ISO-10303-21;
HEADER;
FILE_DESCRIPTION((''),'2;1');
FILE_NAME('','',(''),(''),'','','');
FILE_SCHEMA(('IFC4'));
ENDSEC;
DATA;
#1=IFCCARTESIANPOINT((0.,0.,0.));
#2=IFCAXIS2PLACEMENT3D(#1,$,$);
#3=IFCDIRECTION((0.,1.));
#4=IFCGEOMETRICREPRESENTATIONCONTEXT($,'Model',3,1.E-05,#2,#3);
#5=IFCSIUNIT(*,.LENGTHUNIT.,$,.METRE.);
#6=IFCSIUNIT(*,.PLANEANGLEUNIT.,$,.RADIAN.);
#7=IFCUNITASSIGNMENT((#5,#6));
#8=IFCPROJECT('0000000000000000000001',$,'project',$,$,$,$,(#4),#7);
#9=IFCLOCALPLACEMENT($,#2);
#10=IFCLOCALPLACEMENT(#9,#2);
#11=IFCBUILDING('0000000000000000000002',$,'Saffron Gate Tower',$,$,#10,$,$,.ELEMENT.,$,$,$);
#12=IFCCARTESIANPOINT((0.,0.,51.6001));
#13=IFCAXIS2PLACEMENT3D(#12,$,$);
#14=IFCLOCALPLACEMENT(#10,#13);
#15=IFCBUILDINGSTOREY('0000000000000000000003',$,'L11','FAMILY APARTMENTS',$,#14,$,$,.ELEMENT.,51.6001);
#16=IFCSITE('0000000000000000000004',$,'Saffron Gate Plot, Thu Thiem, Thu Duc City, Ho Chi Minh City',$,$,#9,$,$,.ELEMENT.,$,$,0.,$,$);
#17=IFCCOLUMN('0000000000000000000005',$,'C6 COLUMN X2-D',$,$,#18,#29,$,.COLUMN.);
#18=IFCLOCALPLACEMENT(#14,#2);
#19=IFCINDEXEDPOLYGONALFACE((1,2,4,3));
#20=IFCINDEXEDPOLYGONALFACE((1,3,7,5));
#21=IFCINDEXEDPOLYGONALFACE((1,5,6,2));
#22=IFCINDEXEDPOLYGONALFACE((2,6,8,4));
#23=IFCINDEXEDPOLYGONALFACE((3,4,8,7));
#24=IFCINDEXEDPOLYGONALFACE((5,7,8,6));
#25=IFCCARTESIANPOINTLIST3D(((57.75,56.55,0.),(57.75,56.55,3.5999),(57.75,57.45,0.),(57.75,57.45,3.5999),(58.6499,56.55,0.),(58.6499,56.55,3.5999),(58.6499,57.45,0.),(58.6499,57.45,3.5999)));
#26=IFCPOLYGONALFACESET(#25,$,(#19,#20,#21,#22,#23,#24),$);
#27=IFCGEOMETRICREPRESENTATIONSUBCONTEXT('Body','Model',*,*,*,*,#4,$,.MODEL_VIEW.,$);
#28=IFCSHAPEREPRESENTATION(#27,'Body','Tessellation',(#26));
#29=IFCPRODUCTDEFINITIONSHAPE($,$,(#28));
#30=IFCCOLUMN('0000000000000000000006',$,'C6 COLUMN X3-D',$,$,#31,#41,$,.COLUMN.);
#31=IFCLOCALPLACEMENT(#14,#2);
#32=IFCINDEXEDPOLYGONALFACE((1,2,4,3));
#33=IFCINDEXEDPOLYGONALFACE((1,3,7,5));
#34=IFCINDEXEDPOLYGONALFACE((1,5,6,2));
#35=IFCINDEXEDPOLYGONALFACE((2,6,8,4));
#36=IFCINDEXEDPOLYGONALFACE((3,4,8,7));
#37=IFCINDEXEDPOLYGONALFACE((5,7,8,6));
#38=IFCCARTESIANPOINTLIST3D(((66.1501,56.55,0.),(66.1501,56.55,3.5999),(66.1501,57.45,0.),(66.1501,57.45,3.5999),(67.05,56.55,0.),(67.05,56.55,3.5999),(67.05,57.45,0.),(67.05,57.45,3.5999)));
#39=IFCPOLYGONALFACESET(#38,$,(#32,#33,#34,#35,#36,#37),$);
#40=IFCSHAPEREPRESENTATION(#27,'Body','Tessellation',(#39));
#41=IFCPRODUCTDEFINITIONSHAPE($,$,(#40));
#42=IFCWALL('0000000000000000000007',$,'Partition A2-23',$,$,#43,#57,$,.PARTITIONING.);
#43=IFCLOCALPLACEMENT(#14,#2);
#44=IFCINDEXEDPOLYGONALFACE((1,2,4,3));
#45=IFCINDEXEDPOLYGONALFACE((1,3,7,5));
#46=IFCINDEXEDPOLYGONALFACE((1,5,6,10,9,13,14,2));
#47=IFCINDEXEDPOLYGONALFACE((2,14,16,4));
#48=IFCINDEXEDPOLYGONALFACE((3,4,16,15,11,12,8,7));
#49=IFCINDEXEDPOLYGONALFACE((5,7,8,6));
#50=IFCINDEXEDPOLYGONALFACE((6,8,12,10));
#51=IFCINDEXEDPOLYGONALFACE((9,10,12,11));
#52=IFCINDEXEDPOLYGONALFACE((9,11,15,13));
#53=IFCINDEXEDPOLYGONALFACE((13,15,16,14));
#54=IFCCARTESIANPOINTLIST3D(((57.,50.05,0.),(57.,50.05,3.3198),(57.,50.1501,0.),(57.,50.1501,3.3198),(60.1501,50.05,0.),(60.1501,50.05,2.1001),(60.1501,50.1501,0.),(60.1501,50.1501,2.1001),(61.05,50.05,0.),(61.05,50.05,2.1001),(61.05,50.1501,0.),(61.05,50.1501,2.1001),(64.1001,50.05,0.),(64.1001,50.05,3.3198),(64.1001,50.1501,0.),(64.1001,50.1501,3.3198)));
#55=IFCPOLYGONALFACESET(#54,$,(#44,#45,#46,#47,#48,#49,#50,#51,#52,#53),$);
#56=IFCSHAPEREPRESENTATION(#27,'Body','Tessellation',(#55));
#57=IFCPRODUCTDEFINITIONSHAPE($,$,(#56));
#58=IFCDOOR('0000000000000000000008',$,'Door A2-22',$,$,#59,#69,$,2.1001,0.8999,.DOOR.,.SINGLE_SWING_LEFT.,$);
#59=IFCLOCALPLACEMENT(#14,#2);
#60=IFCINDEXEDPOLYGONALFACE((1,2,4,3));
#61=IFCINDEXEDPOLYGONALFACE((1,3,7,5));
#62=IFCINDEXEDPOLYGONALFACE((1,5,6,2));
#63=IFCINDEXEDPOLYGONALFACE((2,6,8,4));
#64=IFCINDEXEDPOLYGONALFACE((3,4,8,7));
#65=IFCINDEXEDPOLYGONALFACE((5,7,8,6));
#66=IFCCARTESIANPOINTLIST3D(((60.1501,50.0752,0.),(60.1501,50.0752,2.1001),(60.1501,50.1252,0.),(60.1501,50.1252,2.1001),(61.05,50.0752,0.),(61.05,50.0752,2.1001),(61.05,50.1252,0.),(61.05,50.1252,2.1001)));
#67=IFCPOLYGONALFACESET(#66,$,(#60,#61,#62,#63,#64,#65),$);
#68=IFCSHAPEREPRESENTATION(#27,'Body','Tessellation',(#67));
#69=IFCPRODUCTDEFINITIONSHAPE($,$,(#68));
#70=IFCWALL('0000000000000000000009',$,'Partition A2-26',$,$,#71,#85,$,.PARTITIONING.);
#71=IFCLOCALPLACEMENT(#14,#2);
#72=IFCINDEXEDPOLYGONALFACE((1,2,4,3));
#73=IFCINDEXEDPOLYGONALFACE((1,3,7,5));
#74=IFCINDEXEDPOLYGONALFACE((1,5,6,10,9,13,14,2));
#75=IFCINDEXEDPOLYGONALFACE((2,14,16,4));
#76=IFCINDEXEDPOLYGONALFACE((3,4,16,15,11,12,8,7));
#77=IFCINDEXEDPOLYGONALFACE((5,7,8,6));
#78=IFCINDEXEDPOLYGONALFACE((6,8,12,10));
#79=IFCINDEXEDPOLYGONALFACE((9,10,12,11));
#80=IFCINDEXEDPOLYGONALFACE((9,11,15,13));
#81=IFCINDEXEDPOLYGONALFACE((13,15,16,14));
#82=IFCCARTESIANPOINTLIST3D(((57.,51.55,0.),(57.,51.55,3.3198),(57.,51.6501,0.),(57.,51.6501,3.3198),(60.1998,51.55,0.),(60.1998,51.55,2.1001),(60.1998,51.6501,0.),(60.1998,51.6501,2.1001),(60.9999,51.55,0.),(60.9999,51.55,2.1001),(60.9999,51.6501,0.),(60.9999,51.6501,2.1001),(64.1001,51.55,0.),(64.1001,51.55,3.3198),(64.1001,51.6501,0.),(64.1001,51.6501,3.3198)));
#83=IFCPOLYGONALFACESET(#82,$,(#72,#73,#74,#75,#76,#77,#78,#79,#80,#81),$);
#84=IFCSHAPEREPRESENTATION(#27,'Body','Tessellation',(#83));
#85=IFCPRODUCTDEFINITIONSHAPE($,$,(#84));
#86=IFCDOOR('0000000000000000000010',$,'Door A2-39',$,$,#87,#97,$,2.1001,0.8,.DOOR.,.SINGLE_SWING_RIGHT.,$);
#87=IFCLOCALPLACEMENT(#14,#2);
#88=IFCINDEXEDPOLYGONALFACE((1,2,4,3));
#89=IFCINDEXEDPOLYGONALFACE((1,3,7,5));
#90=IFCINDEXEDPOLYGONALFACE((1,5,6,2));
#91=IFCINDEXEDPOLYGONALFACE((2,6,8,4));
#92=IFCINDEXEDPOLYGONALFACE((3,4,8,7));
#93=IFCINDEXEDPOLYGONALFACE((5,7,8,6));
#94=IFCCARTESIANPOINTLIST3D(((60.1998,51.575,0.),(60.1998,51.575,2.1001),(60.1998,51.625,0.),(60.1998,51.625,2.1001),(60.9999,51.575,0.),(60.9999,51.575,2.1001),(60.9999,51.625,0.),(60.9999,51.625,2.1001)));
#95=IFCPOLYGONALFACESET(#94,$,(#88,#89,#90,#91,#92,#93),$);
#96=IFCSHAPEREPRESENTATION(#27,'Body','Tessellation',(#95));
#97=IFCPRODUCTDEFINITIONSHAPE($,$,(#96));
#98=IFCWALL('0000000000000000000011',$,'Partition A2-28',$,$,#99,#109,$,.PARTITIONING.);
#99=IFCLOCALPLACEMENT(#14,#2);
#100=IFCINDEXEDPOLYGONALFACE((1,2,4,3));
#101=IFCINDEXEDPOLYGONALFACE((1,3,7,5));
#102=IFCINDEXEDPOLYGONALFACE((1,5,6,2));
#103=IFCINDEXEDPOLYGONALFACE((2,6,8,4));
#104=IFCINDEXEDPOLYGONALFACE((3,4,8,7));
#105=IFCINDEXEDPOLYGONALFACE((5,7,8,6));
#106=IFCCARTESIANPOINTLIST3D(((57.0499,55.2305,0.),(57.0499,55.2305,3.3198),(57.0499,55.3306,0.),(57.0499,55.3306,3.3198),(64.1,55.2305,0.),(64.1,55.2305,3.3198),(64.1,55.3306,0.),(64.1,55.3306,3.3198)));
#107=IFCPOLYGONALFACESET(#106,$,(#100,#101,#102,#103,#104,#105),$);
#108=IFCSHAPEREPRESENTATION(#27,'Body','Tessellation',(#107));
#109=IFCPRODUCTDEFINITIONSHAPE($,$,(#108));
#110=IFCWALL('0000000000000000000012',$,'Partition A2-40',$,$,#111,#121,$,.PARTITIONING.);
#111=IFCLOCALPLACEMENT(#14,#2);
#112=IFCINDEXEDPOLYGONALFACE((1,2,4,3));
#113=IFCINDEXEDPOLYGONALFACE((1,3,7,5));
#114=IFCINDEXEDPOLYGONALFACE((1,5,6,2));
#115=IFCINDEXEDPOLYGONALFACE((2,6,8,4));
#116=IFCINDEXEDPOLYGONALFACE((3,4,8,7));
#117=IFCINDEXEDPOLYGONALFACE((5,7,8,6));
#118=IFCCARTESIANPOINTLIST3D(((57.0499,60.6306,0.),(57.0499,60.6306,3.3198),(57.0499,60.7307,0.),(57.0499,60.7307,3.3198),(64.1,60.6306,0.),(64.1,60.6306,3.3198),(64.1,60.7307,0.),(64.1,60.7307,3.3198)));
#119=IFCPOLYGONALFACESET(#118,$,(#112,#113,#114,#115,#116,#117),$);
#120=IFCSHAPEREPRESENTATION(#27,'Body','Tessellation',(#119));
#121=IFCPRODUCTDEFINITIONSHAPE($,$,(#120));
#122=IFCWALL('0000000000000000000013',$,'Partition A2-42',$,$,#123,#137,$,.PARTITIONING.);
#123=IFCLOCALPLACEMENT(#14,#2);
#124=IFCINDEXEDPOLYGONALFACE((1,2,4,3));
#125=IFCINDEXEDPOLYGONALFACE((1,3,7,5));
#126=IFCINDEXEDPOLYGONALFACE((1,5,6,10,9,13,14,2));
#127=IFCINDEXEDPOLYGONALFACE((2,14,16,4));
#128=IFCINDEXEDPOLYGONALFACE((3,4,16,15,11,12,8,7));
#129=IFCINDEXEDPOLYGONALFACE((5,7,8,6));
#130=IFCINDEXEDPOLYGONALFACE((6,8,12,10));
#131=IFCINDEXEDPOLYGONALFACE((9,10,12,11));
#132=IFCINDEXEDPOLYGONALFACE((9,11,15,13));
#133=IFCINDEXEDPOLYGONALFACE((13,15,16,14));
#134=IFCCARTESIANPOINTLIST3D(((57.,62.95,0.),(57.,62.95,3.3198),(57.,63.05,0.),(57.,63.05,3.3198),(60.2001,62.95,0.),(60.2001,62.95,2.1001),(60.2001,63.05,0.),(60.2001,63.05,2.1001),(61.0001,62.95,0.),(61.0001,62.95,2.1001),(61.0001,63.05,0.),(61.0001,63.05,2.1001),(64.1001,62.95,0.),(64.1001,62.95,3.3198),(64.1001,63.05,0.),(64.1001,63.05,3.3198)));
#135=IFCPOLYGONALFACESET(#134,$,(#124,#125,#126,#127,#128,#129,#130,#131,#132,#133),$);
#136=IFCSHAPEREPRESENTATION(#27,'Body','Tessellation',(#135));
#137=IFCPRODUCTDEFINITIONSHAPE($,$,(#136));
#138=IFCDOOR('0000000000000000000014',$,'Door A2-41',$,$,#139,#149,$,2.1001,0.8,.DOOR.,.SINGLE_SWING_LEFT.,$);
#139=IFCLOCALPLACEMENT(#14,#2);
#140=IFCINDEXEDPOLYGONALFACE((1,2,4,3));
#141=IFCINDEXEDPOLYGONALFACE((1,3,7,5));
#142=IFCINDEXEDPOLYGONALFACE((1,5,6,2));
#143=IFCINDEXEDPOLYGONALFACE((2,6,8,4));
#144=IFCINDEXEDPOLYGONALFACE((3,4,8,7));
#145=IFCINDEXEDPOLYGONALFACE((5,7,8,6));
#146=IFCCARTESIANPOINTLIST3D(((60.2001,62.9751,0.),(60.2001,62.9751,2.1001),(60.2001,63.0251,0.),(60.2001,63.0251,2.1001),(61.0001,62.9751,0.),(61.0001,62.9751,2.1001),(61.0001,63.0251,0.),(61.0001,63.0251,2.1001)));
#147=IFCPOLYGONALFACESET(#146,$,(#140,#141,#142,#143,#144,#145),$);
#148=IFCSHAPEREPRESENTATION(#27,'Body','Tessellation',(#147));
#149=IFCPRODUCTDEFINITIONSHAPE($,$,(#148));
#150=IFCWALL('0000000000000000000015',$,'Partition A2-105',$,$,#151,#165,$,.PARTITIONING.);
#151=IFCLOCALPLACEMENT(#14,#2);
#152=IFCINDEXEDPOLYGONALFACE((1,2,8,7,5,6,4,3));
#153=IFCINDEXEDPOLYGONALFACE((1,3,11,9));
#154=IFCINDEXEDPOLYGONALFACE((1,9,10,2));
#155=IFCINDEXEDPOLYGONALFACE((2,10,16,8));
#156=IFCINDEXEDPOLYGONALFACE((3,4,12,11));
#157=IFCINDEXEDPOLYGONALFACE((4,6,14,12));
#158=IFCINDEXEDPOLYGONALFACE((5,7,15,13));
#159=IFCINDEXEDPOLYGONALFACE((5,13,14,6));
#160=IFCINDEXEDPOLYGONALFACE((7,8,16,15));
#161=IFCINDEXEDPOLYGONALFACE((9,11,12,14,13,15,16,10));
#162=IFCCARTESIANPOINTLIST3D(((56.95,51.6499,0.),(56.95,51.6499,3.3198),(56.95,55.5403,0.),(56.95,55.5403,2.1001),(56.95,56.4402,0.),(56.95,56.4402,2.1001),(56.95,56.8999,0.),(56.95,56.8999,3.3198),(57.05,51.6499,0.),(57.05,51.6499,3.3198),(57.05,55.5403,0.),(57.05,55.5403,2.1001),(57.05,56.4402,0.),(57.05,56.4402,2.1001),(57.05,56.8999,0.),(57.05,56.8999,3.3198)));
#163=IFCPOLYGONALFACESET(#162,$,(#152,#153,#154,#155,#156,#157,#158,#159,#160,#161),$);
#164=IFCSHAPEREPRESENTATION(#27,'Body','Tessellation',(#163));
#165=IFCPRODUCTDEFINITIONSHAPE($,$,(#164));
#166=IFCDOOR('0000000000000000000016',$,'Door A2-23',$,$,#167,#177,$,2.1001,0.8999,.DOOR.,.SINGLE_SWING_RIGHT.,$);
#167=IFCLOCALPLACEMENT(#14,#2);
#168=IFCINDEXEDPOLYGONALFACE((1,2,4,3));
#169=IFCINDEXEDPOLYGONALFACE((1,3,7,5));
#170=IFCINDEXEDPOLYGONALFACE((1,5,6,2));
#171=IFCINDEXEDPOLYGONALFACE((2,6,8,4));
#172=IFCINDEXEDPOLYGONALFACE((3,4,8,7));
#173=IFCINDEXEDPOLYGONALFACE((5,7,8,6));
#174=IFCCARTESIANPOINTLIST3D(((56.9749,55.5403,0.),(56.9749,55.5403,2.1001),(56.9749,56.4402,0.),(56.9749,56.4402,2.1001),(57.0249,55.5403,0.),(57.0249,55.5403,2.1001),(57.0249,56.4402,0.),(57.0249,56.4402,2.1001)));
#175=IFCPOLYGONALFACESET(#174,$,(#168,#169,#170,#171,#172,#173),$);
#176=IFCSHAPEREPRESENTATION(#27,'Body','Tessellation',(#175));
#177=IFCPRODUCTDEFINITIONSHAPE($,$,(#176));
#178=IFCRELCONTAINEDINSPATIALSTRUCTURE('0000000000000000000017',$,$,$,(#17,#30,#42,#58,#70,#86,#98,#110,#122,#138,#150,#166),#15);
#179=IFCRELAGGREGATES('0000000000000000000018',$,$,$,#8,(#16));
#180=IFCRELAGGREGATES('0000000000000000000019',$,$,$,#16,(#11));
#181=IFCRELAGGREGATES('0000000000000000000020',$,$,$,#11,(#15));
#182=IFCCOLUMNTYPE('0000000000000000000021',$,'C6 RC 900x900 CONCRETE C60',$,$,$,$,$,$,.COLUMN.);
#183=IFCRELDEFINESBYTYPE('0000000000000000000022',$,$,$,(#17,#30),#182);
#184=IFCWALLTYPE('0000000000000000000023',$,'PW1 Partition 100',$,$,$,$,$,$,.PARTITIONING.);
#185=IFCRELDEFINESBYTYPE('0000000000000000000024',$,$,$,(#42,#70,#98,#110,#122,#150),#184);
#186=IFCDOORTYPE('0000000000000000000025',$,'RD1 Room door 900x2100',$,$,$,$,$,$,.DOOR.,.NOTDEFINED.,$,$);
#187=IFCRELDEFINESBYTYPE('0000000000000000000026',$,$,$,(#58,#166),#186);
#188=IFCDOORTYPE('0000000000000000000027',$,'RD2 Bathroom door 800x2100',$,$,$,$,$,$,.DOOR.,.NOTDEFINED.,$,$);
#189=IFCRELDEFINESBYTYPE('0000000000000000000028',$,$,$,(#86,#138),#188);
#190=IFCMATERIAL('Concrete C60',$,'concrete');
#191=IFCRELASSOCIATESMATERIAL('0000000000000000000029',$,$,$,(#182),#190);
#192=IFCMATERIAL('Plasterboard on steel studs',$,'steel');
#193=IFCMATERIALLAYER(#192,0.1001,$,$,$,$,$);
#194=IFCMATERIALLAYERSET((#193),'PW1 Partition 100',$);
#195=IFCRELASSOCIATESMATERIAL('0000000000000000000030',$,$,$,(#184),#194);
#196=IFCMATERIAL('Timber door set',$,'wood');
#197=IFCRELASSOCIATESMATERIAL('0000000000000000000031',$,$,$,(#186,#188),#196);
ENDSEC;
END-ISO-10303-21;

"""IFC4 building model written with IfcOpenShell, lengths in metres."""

from ifc_helpers import new_model, si_unit, direction, frame, frame_2d, origin, origin_2d, place, context, subcontext, project, spatial, rectangle, extrude, material, layer, layer_set, material_profile, profile_set, type_object, element, fill, save


model = new_model("IFC4")

# Units and contexts
model_context = context("Model", 3, precision=1e-05, world=origin(), true_north=direction((0.0, 1.0)))
body_context = subcontext(model_context, "Body", "Model", "MODEL_VIEW")
ifc_project = project(units=[si_unit("LENGTHUNIT", "METRE"), si_unit("PLANEANGLEUNIT", "RADIAN")], contexts=[model_context])

# Site, building, storey
site_placement = place(None, origin())
site = spatial("IfcSite", under=ifc_project, at=site_placement, Name="Saffron Gate Plot, Thu Thiem, Thu Duc City, Ho Chi Minh City", CompositionType="ELEMENT", RefElevation=0.0)
building_placement = place(site_placement, origin())
building = spatial("IfcBuilding", under=site, at=building_placement, Name="Saffron Gate Tower", CompositionType="ELEMENT")
storey_placement = place(building_placement, frame((0.0, 0.0, 51.6001)))
storey = spatial("IfcBuildingStorey", under=building, at=storey_placement, Name="L11", Description="FAMILY APARTMENTS", CompositionType="ELEMENT", Elevation=51.6001)

# Columns
ifc_material_1 = material(Name="Concrete C60", Category="concrete")
ifc_material_profile = material_profile(ifc_material_1, rectangle(XDim=0.8999, YDim=0.8999, at=origin_2d()))
ifc_profile_set = profile_set([ifc_material_profile], Name="Concrete C60")
column_type = type_object("IfcColumnType", Name="C6 RC 900x900 CONCRETE C60", PredefinedType="COLUMN", material=ifc_profile_set)
for number, where, z_axis, x_axis, name in (
    (1, (58.2, 57.0, 0.0), (0.0, 0.0, 1.0), (1.0, 0.0, 0.0), "C6 COLUMN X2-D"),
    (2, (66.6001, 57.0, 0.0), (0.0, 0.0, 1.0), (1.0, 0.0, 0.0), "C6 COLUMN X3-D"),
):
    element("IfcColumn", number, at=place(storey_placement, frame(where, z_axis=z_axis, x_axis=x_axis)), inside=storey, type_object=column_type, Name=name, PredefinedType="COLUMN", context=body_context, shape_type="SweptSolid", body=[
        extrude(rectangle(XDim=0.8999, YDim=0.8999, at=origin_2d()), origin(), (0.0, 0.0, 1.0), 3.5999),
    ])

# Walls, openings, doors
ifc_material_2 = material(Name="Plasterboard on steel studs", Category="steel")
ifc_layer_1 = layer(ifc_material_2, 0.1001)
ifc_layer_set_1 = layer_set([ifc_layer_1], Name="PW1 Partition 100")
wall_type_1 = type_object("IfcWallType", Name="PW1 Partition 100", PredefinedType="PARTITIONING", material=ifc_layer_set_1)
wall_1_placement = place(storey_placement, frame((64.1001, 50.1001, 0.0), z_axis=(0.0, 0.0, 1.0), x_axis=(-1.0, 0.0, 0.0)))
wall_1 = element("IfcWall", 3, at=wall_1_placement, inside=storey, type_object=wall_type_1, Name="Partition A2-23", PredefinedType="PARTITIONING", context=body_context, shape_type="SweptSolid", body=[
    extrude(rectangle(XDim=7.1001, YDim=0.1001, at=frame_2d((3.55, 0.0))), origin(), (0.0, 0.0, 1.0), 3.3198),
])
opening_1_placement = place(wall_1_placement, frame((3.05, 0.0, 0.0)))
opening_1 = element("IfcOpeningElement", 4, at=opening_1_placement, cuts=wall_1, PredefinedType="OPENING", context=body_context, shape_type="SweptSolid", body=[
    extrude(rectangle(XDim=0.8999, YDim=2.1001, at=frame_2d((0.45, 1.05))), frame((0.0, 0.0601, 0.0), z_axis=(0.0, -1.0, 0.0), x_axis=(1.0, 0.0, 0.0)), (0.0, 0.0, 1.0), 0.1201),
])
ifc_material_3 = material(Name="Timber door set", Category="wood")
door_type_1 = type_object("IfcDoorType", Name="RD1 Room door 900x2100", OperationType="NOTDEFINED", PredefinedType="DOOR", material=ifc_material_3)
door_1_placement = place(opening_1_placement, origin())
door_1 = element("IfcDoor", 5, at=door_1_placement, inside=storey, type_object=door_type_1, Name="Door A2-22", OperationType="SINGLE_SWING_LEFT", OverallHeight=2.1001, OverallWidth=0.8999, PredefinedType="DOOR", context=body_context, shape_type="SweptSolid", body=[
    extrude(rectangle(XDim=0.8999, YDim=2.1001, at=frame_2d((0.45, 1.05))), frame((0.0, 0.0249, 0.0), z_axis=(0.0, -1.0, 0.0), x_axis=(1.0, 0.0, 0.0)), (0.0, 0.0, 1.0), 0.05),
])
fill(opening_1, door_1)
wall_2_placement = place(storey_placement, frame((57.0, 51.6001, 0.0), z_axis=(0.0, 0.0, 1.0), x_axis=(1.0, 0.0, 0.0)))
wall_2 = element("IfcWall", 6, at=wall_2_placement, inside=storey, type_object=wall_type_1, Name="Partition A2-26", PredefinedType="PARTITIONING", context=body_context, shape_type="SweptSolid", body=[
    extrude(rectangle(XDim=7.1001, YDim=0.1001, at=frame_2d((3.55, 0.0))), origin(), (0.0, 0.0, 1.0), 3.3198),
])
opening_2_placement = place(wall_2_placement, frame((3.2, 0.0, 0.0)))
opening_2 = element("IfcOpeningElement", 7, at=opening_2_placement, cuts=wall_2, PredefinedType="OPENING", context=body_context, shape_type="SweptSolid", body=[
    extrude(rectangle(XDim=0.8, YDim=2.1001, at=frame_2d((0.3999, 1.05))), frame((0.0, 0.0601, 0.0), z_axis=(0.0, -1.0, 0.0), x_axis=(1.0, 0.0, 0.0)), (0.0, 0.0, 1.0), 0.1201),
])
door_type_2 = type_object("IfcDoorType", Name="RD2 Bathroom door 800x2100", OperationType="NOTDEFINED", PredefinedType="DOOR", material=ifc_material_3)
door_2_placement = place(opening_2_placement, origin())
door_2 = element("IfcDoor", 8, at=door_2_placement, inside=storey, type_object=door_type_2, Name="Door A2-39", OperationType="SINGLE_SWING_RIGHT", OverallHeight=2.1001, OverallWidth=0.8, PredefinedType="DOOR", context=body_context, shape_type="SweptSolid", body=[
    extrude(rectangle(XDim=0.8, YDim=2.1001, at=frame_2d((0.3999, 1.05))), frame((0.0, 0.0249, 0.0), z_axis=(0.0, -1.0, 0.0), x_axis=(1.0, 0.0, 0.0)), (0.0, 0.0, 1.0), 0.05),
])
fill(opening_2, door_2)

# Walls
for number, where, z_axis, x_axis, name in (
    (9, (57.05, 55.2805, 0.0), (0.0, 0.0, 1.0), (1.0, 0.0, 0.0), "Partition A2-28"),
    (10, (57.05, 60.6807, 0.0), (0.0, 0.0, 1.0), (1.0, 0.0, 0.0), "Partition A2-40"),
):
    element("IfcWall", number, at=place(storey_placement, frame(where, z_axis=z_axis, x_axis=x_axis)), inside=storey, type_object=wall_type_1, Name=name, PredefinedType="PARTITIONING", context=body_context, shape_type="SweptSolid", body=[
        extrude(rectangle(XDim=7.05, YDim=0.1001, at=frame_2d((3.5249, 0.0))), origin(), (0.0, 0.0, 1.0), 3.3198),
    ])

# Walls, openings, doors
wall_3_placement = place(storey_placement, frame((64.1001, 63.0, 0.0), z_axis=(0.0, 0.0, 1.0), x_axis=(-1.0, 0.0, 0.0)))
wall_3 = element("IfcWall", 11, at=wall_3_placement, inside=storey, type_object=wall_type_1, Name="Partition A2-42", PredefinedType="PARTITIONING", context=body_context, shape_type="SweptSolid", body=[
    extrude(rectangle(XDim=7.1001, YDim=0.1001, at=frame_2d((3.55, 0.0))), origin(), (0.0, 0.0, 1.0), 3.3198),
])
opening_3_placement = place(wall_3_placement, frame((3.1001, 0.0, 0.0)))
opening_3 = element("IfcOpeningElement", 12, at=opening_3_placement, cuts=wall_3, PredefinedType="OPENING", context=body_context, shape_type="SweptSolid", body=[
    extrude(rectangle(XDim=0.8, YDim=2.1001, at=frame_2d((0.3999, 1.05))), frame((0.0, 0.0601, 0.0), z_axis=(0.0, -1.0, 0.0), x_axis=(1.0, 0.0, 0.0)), (0.0, 0.0, 1.0), 0.1201),
])
door_3_placement = place(opening_3_placement, origin())
door_3 = element("IfcDoor", 13, at=door_3_placement, inside=storey, type_object=door_type_2, Name="Door A2-41", OperationType="SINGLE_SWING_LEFT", OverallHeight=2.1001, OverallWidth=0.8, PredefinedType="DOOR", context=body_context, shape_type="SweptSolid", body=[
    extrude(rectangle(XDim=0.8, YDim=2.1001, at=frame_2d((0.3999, 1.05))), frame((0.0, 0.0249, 0.0), z_axis=(0.0, -1.0, 0.0), x_axis=(1.0, 0.0, 0.0)), (0.0, 0.0, 1.0), 0.05),
])
fill(opening_3, door_3)
wall_4_placement = place(storey_placement, frame((57.0, 56.8999, 0.0), z_axis=(0.0, 0.0, 1.0), x_axis=(0.0, -1.0, 0.0)))
wall_4 = element("IfcWall", 14, at=wall_4_placement, inside=storey, type_object=wall_type_1, Name="Partition A2-105", PredefinedType="PARTITIONING", context=body_context, shape_type="SweptSolid", body=[
    extrude(rectangle(XDim=5.25, YDim=0.1001, at=frame_2d((2.625, 0.0))), origin(), (0.0, 0.0, 1.0), 3.3198),
])
opening_4_placement = place(wall_4_placement, frame((0.4597, 0.0, 0.0)))
opening_4 = element("IfcOpeningElement", 15, at=opening_4_placement, cuts=wall_4, PredefinedType="OPENING", context=body_context, shape_type="SweptSolid", body=[
    extrude(rectangle(XDim=0.8999, YDim=2.1001, at=frame_2d((0.45, 1.05))), frame((0.0, 0.0601, 0.0), z_axis=(0.0, -1.0, 0.0), x_axis=(1.0, 0.0, 0.0)), (0.0, 0.0, 1.0), 0.1201),
])
door_4_placement = place(opening_4_placement, origin())
door_4 = element("IfcDoor", 16, at=door_4_placement, inside=storey, type_object=door_type_1, Name="Door A2-23", OperationType="SINGLE_SWING_RIGHT", OverallHeight=2.1001, OverallWidth=0.8999, PredefinedType="DOOR", context=body_context, shape_type="SweptSolid", body=[
    extrude(rectangle(XDim=0.8999, YDim=2.1001, at=frame_2d((0.45, 1.05))), frame((0.0, 0.0249, 0.0), z_axis=(0.0, -1.0, 0.0), x_axis=(1.0, 0.0, 0.0)), (0.0, 0.0, 1.0), 0.05),
])
fill(opening_4, door_4)

save(model, "model.ifc")
